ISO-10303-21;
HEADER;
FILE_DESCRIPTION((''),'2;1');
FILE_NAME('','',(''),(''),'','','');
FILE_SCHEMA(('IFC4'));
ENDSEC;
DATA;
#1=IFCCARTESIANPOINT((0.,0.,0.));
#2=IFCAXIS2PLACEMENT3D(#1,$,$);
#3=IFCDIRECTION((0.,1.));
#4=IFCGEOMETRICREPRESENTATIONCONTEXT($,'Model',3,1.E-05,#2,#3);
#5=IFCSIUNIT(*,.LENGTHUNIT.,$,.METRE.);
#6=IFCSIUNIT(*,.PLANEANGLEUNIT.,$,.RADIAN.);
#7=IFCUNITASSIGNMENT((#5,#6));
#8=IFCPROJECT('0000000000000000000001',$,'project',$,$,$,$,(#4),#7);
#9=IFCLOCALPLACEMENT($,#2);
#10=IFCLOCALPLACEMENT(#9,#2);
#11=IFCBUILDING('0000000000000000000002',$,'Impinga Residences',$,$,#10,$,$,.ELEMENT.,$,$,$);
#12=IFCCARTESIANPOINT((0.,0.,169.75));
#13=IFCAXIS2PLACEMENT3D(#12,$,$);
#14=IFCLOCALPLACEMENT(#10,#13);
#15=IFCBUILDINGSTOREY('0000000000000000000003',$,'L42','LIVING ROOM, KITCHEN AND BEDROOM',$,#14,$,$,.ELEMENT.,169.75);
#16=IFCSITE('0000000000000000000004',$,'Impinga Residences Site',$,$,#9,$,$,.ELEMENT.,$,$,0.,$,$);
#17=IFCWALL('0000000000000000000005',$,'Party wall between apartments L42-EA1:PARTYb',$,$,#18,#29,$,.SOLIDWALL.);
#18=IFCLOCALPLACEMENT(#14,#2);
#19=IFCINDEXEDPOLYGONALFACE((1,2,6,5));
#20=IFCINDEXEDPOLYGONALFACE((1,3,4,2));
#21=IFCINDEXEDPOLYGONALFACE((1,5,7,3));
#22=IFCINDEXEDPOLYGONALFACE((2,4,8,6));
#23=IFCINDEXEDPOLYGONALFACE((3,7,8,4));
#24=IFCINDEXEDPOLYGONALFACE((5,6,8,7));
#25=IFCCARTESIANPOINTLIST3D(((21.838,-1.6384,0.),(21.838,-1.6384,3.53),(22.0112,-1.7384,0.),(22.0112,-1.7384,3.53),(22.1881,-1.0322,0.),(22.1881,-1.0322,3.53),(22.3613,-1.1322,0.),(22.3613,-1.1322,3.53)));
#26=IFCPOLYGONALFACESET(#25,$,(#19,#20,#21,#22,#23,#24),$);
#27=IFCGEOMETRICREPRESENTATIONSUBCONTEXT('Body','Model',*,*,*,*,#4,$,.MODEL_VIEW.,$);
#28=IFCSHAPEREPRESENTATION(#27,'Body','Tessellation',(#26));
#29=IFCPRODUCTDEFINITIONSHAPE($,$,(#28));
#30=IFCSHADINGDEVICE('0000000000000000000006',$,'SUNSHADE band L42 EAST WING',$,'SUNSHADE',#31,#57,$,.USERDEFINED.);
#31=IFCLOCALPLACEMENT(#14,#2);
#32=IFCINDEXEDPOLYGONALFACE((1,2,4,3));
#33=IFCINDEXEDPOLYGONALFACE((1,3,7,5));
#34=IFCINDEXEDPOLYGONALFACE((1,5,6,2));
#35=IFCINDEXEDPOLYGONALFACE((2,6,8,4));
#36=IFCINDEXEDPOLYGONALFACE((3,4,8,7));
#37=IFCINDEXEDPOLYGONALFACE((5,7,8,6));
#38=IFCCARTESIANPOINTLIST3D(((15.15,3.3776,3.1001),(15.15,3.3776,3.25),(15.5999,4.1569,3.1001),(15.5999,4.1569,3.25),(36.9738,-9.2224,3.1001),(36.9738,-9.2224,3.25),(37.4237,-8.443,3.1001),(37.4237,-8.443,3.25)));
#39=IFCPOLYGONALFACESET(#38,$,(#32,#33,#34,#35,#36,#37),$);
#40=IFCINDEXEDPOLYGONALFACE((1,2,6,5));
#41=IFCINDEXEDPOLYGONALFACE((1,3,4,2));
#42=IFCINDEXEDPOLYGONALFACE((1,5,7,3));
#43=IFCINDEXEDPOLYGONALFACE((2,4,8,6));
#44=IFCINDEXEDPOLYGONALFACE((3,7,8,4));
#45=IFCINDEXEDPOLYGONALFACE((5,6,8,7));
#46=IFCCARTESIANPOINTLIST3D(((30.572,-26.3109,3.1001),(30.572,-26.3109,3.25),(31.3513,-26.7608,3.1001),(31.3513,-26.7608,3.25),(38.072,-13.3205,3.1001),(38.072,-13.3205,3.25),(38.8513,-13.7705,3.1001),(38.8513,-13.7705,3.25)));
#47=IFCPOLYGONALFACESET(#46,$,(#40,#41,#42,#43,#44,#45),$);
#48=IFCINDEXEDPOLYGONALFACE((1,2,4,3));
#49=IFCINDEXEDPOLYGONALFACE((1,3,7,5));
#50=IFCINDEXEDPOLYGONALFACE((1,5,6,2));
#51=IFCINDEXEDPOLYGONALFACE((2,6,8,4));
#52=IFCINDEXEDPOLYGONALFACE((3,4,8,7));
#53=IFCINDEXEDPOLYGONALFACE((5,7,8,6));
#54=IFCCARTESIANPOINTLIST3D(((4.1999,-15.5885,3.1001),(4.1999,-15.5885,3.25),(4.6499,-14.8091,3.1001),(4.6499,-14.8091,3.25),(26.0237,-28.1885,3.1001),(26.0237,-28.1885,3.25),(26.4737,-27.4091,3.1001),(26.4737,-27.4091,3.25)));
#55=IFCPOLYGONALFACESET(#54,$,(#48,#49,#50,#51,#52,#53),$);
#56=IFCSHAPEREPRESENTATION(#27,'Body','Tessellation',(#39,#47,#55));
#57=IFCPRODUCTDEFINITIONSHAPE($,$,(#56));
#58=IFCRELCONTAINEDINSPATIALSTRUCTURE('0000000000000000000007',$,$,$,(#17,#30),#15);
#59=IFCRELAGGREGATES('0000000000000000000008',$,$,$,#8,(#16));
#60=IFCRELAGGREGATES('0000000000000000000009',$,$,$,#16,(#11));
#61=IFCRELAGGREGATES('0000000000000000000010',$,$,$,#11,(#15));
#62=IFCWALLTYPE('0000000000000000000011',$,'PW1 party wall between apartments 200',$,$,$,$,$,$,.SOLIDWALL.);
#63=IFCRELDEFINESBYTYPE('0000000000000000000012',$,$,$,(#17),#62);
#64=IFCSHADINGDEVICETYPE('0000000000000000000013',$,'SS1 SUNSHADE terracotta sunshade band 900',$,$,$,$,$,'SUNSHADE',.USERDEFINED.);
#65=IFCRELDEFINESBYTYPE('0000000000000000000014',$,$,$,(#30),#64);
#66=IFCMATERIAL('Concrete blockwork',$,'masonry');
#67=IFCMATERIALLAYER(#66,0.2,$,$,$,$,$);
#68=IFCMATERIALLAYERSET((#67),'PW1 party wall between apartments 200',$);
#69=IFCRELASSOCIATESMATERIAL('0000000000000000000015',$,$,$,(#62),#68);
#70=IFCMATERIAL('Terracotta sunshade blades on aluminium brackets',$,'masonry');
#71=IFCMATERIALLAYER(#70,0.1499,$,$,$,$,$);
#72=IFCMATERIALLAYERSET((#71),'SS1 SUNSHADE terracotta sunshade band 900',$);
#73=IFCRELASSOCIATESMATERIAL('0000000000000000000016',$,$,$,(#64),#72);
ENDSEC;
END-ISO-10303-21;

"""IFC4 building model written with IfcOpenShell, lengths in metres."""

from ifc_helpers import new_model, si_unit, direction, frame, frame_2d, origin, origin_2d, place, context, subcontext, project, spatial, rectangle, extrude, material, layer, layer_set, type_object, element, save


model = new_model("IFC4")

# Units and contexts
model_context = context("Model", 3, precision=1e-05, world=origin(), true_north=direction((0.0, 1.0)))
body_context = subcontext(model_context, "Body", "Model", "MODEL_VIEW")
ifc_project = project(units=[si_unit("LENGTHUNIT", "METRE"), si_unit("PLANEANGLEUNIT", "RADIAN")], contexts=[model_context])

# Site, building, storey
site_placement = place(None, origin())
site = spatial("IfcSite", under=ifc_project, at=site_placement, Name="Impinga Residences Site", CompositionType="ELEMENT", RefElevation=0.0)
building_placement = place(site_placement, origin())
building = spatial("IfcBuilding", under=site, at=building_placement, Name="Impinga Residences", CompositionType="ELEMENT")
storey_placement = place(building_placement, frame((0.0, 0.0, 169.75)))
storey = spatial("IfcBuildingStorey", under=building, at=storey_placement, Name="L42", Description="LIVING ROOM, KITCHEN AND BEDROOM", CompositionType="ELEMENT", Elevation=169.75)

# Wall
ifc_material_1 = material(Name="Concrete blockwork", Category="masonry")
ifc_layer_1 = layer(ifc_material_1, 0.2)
ifc_layer_set_1 = layer_set([ifc_layer_1], Name="PW1 party wall between apartments 200")
wall_type_1 = type_object("IfcWallType", Name="PW1 party wall between apartments 200", PredefinedType="SOLIDWALL", material=ifc_layer_set_1)
wall_1_placement = place(storey_placement, frame((21.9246, -1.6885, 0.0), z_axis=(0.0, 0.0, 1.0), x_axis=(0.500115, 0.865959, 0.0)))
element("IfcWall", 1, at=wall_1_placement, inside=storey, type_object=wall_type_1, Name="Party wall between apartments L42-EA1:PARTYb", PredefinedType="SOLIDWALL", context=body_context, shape_type="SweptSolid", body=[
    extrude(rectangle(XDim=0.7, YDim=0.2, at=frame_2d((0.3501, 0.0))), origin(), (0.0, 0.0, 1.0), 3.53),
])

# Shading device
ifc_material_2 = material(Name="Terracotta sunshade blades on aluminium brackets", Category="masonry")
ifc_layer_2 = layer(ifc_material_2, 0.1499)
ifc_layer_set_2 = layer_set([ifc_layer_2], Name="SS1 SUNSHADE terracotta sunshade band 900")
shading_device_type = type_object("IfcShadingDeviceType", Name="SS1 SUNSHADE terracotta sunshade band 900", ElementType="SUNSHADE", PredefinedType="USERDEFINED", material=ifc_layer_set_2)
shading_device_placement = place(storey_placement, frame((26.2869, -2.5327, 3.1001), z_axis=(0.0, 0.0, 1.0), x_axis=(0.866025, -0.5, 0.0)))
element("IfcShadingDevice", 2, at=shading_device_placement, inside=storey, type_object=shading_device_type, Name="SUNSHADE band L42 EAST WING", ObjectType="SUNSHADE", PredefinedType="USERDEFINED", context=body_context, shape_type="SweptSolid", body=[
    extrude(rectangle(XDim=25.2, YDim=0.8999, at=origin_2d()), origin(), (0.0, 0.0, 1.0), 0.1499),
    extrude(rectangle(XDim=15.0, YDim=0.8999, at=origin_2d()), frame((16.05, -10.95, 0.0), z_axis=(0.0, 0.0, 1.0), x_axis=(0.0, -1.0, 0.0)), (0.0, 0.0, 1.0), 0.1499),
    extrude(rectangle(XDim=25.2, YDim=0.8999, at=origin_2d()), frame((0.0, -21.9001, 0.0), z_axis=(0.0, 0.0, 1.0), x_axis=(-1.0, 0.0, 0.0)), (0.0, 0.0, 1.0), 0.1499),
])

save(model, "model.ifc")
